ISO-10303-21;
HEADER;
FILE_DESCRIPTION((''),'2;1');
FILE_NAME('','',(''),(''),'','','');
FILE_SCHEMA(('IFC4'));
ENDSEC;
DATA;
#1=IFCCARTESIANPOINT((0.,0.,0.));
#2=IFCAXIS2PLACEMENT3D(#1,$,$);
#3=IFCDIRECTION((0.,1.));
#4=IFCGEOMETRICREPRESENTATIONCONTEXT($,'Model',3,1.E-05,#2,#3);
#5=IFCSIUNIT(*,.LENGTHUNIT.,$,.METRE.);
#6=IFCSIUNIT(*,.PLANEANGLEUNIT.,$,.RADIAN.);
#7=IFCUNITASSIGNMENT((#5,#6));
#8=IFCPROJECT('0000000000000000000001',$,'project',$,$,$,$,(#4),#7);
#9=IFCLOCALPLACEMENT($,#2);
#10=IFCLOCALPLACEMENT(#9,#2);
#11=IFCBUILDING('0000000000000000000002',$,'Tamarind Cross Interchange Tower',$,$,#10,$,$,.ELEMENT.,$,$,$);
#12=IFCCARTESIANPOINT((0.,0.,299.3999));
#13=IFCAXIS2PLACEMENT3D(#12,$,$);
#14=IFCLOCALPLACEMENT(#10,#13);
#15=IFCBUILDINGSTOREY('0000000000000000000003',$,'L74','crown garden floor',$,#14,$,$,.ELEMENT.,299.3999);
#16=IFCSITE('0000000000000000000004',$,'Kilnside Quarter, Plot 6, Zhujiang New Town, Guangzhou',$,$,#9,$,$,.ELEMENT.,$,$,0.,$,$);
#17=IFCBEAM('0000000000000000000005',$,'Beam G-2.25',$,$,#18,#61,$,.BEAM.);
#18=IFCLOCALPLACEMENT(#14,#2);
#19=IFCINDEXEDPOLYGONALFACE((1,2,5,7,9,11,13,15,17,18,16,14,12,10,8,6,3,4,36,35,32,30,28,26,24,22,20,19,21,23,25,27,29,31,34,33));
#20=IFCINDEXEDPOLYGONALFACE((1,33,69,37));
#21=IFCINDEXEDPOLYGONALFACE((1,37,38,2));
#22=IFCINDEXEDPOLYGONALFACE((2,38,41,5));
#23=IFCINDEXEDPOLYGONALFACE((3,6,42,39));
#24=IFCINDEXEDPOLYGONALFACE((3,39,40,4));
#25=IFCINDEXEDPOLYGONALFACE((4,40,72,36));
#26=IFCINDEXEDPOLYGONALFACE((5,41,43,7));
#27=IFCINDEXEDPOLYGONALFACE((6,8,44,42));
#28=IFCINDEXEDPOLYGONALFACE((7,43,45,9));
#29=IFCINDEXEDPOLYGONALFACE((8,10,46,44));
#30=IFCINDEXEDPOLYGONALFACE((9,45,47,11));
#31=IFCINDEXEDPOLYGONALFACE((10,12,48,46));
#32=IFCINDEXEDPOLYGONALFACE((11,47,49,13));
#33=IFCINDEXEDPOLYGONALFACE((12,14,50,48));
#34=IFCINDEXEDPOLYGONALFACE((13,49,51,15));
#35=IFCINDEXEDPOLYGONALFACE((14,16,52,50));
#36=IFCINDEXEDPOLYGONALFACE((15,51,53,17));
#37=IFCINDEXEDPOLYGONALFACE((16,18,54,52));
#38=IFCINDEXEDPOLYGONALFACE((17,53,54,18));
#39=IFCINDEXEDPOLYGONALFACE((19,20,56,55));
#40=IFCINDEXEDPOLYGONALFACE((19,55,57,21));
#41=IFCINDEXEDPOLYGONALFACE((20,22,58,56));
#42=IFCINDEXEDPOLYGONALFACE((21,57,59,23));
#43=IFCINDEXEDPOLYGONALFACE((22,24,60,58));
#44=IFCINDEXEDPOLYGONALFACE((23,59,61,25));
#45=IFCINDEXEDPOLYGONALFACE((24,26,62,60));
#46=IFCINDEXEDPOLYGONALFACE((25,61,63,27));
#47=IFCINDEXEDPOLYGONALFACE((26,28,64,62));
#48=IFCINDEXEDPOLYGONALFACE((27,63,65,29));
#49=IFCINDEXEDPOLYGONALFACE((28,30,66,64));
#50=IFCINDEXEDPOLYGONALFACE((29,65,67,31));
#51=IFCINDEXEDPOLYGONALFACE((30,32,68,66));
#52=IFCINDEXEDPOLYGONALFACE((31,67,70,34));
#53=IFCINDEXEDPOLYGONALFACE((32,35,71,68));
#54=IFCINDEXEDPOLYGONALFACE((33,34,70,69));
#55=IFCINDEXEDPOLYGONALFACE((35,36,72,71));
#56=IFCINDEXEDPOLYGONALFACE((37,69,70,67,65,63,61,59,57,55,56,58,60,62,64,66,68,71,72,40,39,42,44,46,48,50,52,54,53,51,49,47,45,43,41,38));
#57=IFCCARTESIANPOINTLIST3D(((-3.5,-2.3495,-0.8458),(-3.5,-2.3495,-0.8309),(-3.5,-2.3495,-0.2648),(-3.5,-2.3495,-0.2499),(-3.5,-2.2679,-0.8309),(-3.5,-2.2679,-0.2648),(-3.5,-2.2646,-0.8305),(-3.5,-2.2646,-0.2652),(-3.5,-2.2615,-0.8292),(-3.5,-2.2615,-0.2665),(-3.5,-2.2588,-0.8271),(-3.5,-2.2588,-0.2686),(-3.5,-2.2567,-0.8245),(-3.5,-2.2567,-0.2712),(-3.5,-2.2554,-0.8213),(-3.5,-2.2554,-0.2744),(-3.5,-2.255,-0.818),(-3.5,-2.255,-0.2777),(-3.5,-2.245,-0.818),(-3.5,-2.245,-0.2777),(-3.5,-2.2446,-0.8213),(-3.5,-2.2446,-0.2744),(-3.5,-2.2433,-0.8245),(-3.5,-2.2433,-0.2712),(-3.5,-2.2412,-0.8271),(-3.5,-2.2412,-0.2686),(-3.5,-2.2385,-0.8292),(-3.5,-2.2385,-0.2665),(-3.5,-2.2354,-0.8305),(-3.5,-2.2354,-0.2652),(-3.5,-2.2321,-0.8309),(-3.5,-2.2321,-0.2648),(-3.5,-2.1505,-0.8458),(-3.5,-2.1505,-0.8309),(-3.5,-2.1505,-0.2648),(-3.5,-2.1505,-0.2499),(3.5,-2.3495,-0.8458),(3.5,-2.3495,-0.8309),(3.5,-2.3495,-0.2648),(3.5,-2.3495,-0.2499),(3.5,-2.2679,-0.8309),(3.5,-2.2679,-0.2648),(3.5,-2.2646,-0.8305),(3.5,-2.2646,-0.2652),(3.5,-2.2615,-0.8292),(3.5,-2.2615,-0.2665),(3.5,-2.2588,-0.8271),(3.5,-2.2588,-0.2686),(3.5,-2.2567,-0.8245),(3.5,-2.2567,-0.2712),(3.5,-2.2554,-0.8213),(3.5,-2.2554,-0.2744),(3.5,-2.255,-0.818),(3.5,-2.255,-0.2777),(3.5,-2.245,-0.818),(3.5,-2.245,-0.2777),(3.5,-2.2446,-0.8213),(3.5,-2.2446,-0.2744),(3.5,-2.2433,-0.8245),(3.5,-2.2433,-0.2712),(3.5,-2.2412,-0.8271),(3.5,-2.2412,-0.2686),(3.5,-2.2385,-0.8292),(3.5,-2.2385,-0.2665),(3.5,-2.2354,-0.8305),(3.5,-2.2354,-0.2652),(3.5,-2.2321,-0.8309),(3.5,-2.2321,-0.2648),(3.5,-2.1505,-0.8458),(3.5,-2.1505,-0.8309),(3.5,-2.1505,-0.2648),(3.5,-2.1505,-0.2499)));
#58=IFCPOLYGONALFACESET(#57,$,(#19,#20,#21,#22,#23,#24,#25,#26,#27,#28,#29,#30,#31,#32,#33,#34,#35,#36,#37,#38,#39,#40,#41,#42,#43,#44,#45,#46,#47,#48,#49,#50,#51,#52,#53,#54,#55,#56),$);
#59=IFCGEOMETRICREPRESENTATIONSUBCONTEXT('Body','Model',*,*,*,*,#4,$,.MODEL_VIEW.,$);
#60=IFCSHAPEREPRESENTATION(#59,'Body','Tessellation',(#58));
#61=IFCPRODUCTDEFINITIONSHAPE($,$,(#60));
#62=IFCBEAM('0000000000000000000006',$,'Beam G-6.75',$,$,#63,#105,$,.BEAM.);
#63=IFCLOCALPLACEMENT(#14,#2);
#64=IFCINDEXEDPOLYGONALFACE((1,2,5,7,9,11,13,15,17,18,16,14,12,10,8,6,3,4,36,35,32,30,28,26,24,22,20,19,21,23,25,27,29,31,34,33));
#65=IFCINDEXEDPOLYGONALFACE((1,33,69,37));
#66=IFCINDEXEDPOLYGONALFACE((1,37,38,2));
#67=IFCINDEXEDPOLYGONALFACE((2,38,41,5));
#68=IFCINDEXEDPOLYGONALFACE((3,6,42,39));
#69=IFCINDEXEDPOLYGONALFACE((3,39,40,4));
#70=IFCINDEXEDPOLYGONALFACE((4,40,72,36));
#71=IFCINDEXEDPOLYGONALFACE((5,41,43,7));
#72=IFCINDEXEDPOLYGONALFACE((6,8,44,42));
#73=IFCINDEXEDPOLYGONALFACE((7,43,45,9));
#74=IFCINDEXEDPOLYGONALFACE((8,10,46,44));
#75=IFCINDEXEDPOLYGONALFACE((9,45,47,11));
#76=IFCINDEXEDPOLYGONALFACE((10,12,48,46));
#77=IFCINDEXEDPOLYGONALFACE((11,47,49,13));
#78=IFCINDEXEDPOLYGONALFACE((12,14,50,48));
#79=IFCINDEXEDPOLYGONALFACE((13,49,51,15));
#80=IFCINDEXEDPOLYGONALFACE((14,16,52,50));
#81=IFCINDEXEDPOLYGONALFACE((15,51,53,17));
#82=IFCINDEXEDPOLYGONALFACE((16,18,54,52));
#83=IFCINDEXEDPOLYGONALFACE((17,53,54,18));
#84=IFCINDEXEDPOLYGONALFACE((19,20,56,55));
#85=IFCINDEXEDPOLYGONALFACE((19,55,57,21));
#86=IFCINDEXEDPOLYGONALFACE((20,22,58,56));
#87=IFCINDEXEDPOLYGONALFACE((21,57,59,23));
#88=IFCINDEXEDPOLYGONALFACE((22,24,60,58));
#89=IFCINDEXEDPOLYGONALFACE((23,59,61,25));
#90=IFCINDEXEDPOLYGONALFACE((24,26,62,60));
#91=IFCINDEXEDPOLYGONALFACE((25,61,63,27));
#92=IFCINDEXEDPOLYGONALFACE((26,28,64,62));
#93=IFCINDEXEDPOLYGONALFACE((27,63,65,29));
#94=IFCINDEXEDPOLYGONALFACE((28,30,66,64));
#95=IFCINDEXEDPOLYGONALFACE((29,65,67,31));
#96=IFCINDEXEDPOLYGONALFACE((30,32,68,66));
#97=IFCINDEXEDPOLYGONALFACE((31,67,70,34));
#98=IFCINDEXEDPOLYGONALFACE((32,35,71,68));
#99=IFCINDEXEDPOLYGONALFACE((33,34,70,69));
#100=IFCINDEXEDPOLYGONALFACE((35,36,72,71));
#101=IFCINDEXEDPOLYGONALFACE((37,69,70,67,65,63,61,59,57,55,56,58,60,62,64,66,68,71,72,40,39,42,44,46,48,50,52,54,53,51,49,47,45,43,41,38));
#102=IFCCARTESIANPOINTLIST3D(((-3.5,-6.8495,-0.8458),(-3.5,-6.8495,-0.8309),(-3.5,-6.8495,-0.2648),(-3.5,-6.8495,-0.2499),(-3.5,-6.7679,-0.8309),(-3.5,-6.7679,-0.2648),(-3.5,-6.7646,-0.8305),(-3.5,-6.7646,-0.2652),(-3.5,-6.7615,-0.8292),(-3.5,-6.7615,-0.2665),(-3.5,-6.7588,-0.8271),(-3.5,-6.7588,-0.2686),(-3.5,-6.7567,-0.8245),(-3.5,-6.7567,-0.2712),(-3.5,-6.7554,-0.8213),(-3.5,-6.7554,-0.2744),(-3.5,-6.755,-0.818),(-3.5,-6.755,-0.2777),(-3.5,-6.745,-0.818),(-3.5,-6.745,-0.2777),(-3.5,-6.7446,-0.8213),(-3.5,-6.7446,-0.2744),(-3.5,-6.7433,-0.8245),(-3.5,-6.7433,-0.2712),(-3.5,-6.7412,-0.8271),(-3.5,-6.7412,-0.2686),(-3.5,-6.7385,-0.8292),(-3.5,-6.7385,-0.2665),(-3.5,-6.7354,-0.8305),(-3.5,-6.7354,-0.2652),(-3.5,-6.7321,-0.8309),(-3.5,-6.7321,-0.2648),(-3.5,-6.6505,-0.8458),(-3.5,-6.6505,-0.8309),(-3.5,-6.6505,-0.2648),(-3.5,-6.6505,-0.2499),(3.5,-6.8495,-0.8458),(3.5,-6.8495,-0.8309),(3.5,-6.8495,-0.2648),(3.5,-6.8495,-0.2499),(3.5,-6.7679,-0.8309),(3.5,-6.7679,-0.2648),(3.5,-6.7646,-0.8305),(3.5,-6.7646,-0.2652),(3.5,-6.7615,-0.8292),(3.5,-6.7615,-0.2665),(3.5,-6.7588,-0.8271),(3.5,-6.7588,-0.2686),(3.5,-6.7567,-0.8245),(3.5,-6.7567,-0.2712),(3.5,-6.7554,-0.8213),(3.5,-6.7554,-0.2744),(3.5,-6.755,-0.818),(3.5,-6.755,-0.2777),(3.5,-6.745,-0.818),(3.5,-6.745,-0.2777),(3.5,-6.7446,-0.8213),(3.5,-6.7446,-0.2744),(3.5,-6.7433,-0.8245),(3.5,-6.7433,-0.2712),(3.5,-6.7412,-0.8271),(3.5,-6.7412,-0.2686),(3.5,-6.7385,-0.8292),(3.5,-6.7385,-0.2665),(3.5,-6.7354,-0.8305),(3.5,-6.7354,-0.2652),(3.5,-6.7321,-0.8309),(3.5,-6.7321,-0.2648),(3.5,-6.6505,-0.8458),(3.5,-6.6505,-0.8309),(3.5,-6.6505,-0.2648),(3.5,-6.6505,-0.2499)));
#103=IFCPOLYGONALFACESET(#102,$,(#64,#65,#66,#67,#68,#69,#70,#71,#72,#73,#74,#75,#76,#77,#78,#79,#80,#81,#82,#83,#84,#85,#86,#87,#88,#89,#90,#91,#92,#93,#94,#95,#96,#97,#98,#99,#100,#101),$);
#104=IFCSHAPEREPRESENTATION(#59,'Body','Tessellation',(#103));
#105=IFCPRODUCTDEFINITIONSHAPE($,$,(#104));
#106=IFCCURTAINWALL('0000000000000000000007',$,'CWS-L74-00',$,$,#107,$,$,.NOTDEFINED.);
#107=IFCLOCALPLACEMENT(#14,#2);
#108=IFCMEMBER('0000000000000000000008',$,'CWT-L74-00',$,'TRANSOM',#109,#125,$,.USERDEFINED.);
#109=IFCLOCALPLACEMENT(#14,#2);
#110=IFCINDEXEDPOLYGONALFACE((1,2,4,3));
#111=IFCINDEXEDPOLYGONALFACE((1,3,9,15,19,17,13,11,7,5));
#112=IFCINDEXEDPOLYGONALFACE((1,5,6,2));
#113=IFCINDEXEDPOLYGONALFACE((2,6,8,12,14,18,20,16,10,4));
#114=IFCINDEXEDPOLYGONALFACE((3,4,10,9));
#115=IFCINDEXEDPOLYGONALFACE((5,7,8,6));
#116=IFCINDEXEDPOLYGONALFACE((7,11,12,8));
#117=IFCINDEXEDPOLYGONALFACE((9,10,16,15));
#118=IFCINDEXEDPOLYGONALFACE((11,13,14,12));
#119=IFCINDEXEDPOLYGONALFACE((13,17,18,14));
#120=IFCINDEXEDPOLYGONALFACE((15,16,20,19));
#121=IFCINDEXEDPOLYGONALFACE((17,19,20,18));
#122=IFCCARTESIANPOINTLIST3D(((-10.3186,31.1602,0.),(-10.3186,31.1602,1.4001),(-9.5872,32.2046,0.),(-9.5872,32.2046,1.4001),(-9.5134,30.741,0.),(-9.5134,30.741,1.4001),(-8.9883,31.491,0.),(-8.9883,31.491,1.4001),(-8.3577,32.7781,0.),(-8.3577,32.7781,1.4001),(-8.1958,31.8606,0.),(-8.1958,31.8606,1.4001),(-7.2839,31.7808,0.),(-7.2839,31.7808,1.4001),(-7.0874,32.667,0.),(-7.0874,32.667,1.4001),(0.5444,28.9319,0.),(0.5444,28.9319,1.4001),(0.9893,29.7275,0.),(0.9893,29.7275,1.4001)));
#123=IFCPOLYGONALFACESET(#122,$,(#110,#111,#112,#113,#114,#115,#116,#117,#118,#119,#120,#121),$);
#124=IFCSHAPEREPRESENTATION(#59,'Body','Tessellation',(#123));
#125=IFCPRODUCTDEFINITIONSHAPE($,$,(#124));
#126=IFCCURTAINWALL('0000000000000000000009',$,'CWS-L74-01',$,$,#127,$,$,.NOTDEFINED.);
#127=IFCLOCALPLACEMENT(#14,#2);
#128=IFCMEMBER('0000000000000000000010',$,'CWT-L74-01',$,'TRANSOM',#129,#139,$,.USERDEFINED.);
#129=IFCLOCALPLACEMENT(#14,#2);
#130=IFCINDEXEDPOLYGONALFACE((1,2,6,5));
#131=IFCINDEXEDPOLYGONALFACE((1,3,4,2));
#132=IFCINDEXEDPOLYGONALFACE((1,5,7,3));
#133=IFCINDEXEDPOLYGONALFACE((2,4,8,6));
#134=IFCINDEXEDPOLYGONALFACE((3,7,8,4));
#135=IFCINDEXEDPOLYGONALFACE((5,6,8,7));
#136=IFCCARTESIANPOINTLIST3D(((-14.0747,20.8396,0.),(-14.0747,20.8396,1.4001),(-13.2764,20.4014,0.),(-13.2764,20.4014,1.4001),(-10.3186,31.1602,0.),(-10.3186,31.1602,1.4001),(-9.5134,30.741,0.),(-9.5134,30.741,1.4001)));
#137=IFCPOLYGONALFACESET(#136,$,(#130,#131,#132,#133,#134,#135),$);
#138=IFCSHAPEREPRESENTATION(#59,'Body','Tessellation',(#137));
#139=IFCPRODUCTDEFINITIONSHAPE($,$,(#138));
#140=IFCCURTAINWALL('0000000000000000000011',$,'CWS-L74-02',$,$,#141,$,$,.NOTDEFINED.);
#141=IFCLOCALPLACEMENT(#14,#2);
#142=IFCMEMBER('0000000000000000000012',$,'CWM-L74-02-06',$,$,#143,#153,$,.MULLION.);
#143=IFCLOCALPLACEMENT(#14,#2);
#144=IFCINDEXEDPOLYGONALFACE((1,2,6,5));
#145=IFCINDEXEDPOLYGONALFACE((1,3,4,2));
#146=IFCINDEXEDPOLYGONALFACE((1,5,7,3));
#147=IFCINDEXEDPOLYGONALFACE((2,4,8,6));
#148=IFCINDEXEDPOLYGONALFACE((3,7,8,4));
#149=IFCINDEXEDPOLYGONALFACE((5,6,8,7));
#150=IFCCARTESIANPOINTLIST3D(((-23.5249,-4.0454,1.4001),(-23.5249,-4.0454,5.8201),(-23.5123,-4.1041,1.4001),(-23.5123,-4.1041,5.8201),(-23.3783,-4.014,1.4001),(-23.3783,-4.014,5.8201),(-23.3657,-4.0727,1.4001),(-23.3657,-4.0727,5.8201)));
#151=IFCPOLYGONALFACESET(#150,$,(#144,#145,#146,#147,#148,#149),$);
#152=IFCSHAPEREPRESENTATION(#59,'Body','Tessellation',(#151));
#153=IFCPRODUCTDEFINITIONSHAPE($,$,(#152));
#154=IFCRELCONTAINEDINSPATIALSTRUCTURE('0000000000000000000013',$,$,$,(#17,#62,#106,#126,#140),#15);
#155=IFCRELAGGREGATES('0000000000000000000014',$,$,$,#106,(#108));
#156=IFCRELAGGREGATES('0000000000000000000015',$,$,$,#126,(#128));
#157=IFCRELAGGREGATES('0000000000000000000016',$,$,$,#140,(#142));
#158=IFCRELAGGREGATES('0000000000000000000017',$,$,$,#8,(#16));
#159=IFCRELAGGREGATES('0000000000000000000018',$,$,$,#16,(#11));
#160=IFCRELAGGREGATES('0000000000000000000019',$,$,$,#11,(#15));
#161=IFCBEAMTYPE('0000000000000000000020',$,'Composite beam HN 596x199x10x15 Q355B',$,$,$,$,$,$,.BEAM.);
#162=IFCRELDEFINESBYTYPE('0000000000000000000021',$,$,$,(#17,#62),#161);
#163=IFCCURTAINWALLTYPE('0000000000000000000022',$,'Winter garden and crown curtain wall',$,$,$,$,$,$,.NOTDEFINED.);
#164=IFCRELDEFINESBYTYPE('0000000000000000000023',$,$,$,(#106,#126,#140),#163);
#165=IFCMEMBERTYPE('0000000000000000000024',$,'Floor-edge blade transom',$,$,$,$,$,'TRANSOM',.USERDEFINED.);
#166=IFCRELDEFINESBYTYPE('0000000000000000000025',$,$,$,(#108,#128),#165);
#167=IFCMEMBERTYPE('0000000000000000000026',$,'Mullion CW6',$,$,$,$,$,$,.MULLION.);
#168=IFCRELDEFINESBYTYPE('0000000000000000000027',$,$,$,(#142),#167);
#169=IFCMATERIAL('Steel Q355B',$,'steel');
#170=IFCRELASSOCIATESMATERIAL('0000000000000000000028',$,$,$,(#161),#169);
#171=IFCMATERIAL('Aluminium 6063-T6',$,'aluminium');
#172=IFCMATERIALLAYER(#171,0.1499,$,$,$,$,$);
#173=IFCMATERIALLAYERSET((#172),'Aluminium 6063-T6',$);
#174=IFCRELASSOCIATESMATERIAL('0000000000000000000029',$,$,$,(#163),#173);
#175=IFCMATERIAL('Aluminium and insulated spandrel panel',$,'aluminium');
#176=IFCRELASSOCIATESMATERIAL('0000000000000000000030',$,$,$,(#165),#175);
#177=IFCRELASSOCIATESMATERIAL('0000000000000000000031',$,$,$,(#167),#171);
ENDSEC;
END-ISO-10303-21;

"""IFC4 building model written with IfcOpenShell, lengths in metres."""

from ifc_helpers import new_model, si_unit, direction, frame, origin, origin_2d, place, context, subcontext, project, spatial, polyline, rectangle, i_section, outline, extrude, material, layer, layer_set, material_profile, profile_set, type_object, element, aggregate, save


model = new_model("IFC4")

# Units and contexts
model_context = context("Model", 3, precision=1e-05, world=origin(), true_north=direction((0.0, 1.0)))
body_context = subcontext(model_context, "Body", "Model", "MODEL_VIEW")
ifc_project = project(units=[si_unit("LENGTHUNIT", "METRE"), si_unit("PLANEANGLEUNIT", "RADIAN")], contexts=[model_context])

# Site, building, storey
site_placement = place(None, origin())
site = spatial("IfcSite", under=ifc_project, at=site_placement, Name="Kilnside Quarter, Plot 6, Zhujiang New Town, Guangzhou", CompositionType="ELEMENT", RefElevation=0.0)
building_placement = place(site_placement, origin())
building = spatial("IfcBuilding", under=site, at=building_placement, Name="Tamarind Cross Interchange Tower", CompositionType="ELEMENT")
storey_placement = place(building_placement, frame((0.0, 0.0, 299.3999)))
storey = spatial("IfcBuildingStorey", under=building, at=storey_placement, Name="L74", Description="crown garden floor", CompositionType="ELEMENT", Elevation=299.3999)

# Beams
ifc_material_1 = material(Name="Steel Q355B", Category="steel")
ifc_material_profile_1 = material_profile(ifc_material_1, i_section(OverallWidth=0.199, OverallDepth=0.5959, WebThickness=0.01, FlangeThickness=0.0149, FilletRadius=0.0129, at=origin_2d()), Name="HN 596x199x10x15")
ifc_profile_set_1 = profile_set([ifc_material_profile_1], Name="Steel Q355B")
beam_type_1 = type_object("IfcBeamType", Name="Composite beam HN 596x199x10x15 Q355B", PredefinedType="BEAM", material=ifc_profile_set_1)
for number, where, z_axis, x_axis, name in (
    (1, (-3.5, -2.25, -0.5479), (1.0, 0.0, 0.0), (0.0, 1.0, 0.0), "Beam G-2.25"),
    (2, (-3.5, -6.75, -0.5479), (1.0, 0.0, 0.0), (0.0, 1.0, 0.0), "Beam G-6.75"),
):
    element("IfcBeam", number, at=place(storey_placement, frame(where, z_axis=z_axis, x_axis=x_axis)), inside=storey, type_object=beam_type_1, Name=name, PredefinedType="BEAM", context=body_context, shape_type="SweptSolid", body=[
        extrude(i_section(OverallWidth=0.199, OverallDepth=0.5959, WebThickness=0.01, FlangeThickness=0.0149, FilletRadius=0.0129, at=origin_2d()), origin(), (0.0, 0.0, 1.0), 7.0),
    ])

# Curtain walls, members
ifc_material_2 = material(Name="Aluminium 6063-T6", Category="aluminium")
ifc_layer_1 = layer(ifc_material_2, 0.1499)
ifc_layer_set_1 = layer_set([ifc_layer_1], Name="Aluminium 6063-T6")
curtain_wall_type = type_object("IfcCurtainWallType", Name="Winter garden and crown curtain wall", PredefinedType="NOTDEFINED", material=ifc_layer_set_1)
curtain_wall_1_placement = place(storey_placement, origin())
curtain_wall_1 = element("IfcCurtainWall", 3, at=curtain_wall_1_placement, inside=storey, type_object=curtain_wall_type, Name="CWS-L74-00", PredefinedType="NOTDEFINED")
ifc_material_3 = material(Name="Aluminium and insulated spandrel panel", Category="aluminium")
member_type_1 = type_object("IfcMemberType", Name="Floor-edge blade transom", ElementType="TRANSOM", PredefinedType="USERDEFINED", material=ifc_material_3)
member_1_placement = place(storey_placement, origin())
member_1 = element("IfcMember", 4, at=member_1_placement, type_object=member_type_1, Name="CWT-L74-00", ObjectType="TRANSOM", PredefinedType="USERDEFINED", context=body_context, shape_type="SweptSolid", body=[
    extrude(outline(polyline([(0.5444, 28.9319), (-7.2839, 31.7808), (-8.1958, 31.8606), (-8.9883, 31.491), (-9.5134, 30.741), (-10.3186, 31.1602), (-9.5872, 32.2046), (-8.3577, 32.7781), (-7.0874, 32.667), (0.9893, 29.7275), (0.5444, 28.9319)])), origin(), (0.0, 0.0, 1.0), 1.4001),
])
curtain_wall_2_placement = place(storey_placement, origin())
curtain_wall_2 = element("IfcCurtainWall", 5, at=curtain_wall_2_placement, inside=storey, type_object=curtain_wall_type, Name="CWS-L74-01", PredefinedType="NOTDEFINED")
member_2_placement = place(storey_placement, origin())
member_2 = element("IfcMember", 6, at=member_2_placement, type_object=member_type_1, Name="CWT-L74-01", ObjectType="TRANSOM", PredefinedType="USERDEFINED", context=body_context, shape_type="SweptSolid", body=[
    extrude(outline(polyline([(-9.5134, 30.741), (-13.2764, 20.4014), (-14.0747, 20.8396), (-10.3186, 31.1602), (-9.5134, 30.741)])), origin(), (0.0, 0.0, 1.0), 1.4001),
])
curtain_wall_3_placement = place(storey_placement, origin())
curtain_wall_3 = element("IfcCurtainWall", 7, at=curtain_wall_3_placement, inside=storey, type_object=curtain_wall_type, Name="CWS-L74-02", PredefinedType="NOTDEFINED")
ifc_material_profile_2 = material_profile(ifc_material_2, rectangle(XDim=0.0601, YDim=0.1499, at=origin_2d()), Name="Mullion CW6")
ifc_profile_set_2 = profile_set([ifc_material_profile_2], Name="Aluminium 6063-T6")
member_type_2 = type_object("IfcMemberType", Name="Mullion CW6", PredefinedType="MULLION", material=ifc_profile_set_2)
member_3_placement = place(storey_placement, frame((-23.4453, -4.0591, 1.4001), z_axis=(0.0, 0.0, 1.0), x_axis=(0.209425, -0.977825, 0.0)))
member_3 = element("IfcMember", 8, at=member_3_placement, type_object=member_type_2, Name="CWM-L74-02-06", PredefinedType="MULLION", context=body_context, shape_type="SweptSolid", body=[
    extrude(rectangle(XDim=0.0601, YDim=0.1499, at=origin_2d()), origin(), (0.0, 0.0, 1.0), 4.4199),
])

aggregate(curtain_wall_1, [member_1])
aggregate(curtain_wall_2, [member_2])
aggregate(curtain_wall_3, [member_3])

save(model, "model.ifc")
